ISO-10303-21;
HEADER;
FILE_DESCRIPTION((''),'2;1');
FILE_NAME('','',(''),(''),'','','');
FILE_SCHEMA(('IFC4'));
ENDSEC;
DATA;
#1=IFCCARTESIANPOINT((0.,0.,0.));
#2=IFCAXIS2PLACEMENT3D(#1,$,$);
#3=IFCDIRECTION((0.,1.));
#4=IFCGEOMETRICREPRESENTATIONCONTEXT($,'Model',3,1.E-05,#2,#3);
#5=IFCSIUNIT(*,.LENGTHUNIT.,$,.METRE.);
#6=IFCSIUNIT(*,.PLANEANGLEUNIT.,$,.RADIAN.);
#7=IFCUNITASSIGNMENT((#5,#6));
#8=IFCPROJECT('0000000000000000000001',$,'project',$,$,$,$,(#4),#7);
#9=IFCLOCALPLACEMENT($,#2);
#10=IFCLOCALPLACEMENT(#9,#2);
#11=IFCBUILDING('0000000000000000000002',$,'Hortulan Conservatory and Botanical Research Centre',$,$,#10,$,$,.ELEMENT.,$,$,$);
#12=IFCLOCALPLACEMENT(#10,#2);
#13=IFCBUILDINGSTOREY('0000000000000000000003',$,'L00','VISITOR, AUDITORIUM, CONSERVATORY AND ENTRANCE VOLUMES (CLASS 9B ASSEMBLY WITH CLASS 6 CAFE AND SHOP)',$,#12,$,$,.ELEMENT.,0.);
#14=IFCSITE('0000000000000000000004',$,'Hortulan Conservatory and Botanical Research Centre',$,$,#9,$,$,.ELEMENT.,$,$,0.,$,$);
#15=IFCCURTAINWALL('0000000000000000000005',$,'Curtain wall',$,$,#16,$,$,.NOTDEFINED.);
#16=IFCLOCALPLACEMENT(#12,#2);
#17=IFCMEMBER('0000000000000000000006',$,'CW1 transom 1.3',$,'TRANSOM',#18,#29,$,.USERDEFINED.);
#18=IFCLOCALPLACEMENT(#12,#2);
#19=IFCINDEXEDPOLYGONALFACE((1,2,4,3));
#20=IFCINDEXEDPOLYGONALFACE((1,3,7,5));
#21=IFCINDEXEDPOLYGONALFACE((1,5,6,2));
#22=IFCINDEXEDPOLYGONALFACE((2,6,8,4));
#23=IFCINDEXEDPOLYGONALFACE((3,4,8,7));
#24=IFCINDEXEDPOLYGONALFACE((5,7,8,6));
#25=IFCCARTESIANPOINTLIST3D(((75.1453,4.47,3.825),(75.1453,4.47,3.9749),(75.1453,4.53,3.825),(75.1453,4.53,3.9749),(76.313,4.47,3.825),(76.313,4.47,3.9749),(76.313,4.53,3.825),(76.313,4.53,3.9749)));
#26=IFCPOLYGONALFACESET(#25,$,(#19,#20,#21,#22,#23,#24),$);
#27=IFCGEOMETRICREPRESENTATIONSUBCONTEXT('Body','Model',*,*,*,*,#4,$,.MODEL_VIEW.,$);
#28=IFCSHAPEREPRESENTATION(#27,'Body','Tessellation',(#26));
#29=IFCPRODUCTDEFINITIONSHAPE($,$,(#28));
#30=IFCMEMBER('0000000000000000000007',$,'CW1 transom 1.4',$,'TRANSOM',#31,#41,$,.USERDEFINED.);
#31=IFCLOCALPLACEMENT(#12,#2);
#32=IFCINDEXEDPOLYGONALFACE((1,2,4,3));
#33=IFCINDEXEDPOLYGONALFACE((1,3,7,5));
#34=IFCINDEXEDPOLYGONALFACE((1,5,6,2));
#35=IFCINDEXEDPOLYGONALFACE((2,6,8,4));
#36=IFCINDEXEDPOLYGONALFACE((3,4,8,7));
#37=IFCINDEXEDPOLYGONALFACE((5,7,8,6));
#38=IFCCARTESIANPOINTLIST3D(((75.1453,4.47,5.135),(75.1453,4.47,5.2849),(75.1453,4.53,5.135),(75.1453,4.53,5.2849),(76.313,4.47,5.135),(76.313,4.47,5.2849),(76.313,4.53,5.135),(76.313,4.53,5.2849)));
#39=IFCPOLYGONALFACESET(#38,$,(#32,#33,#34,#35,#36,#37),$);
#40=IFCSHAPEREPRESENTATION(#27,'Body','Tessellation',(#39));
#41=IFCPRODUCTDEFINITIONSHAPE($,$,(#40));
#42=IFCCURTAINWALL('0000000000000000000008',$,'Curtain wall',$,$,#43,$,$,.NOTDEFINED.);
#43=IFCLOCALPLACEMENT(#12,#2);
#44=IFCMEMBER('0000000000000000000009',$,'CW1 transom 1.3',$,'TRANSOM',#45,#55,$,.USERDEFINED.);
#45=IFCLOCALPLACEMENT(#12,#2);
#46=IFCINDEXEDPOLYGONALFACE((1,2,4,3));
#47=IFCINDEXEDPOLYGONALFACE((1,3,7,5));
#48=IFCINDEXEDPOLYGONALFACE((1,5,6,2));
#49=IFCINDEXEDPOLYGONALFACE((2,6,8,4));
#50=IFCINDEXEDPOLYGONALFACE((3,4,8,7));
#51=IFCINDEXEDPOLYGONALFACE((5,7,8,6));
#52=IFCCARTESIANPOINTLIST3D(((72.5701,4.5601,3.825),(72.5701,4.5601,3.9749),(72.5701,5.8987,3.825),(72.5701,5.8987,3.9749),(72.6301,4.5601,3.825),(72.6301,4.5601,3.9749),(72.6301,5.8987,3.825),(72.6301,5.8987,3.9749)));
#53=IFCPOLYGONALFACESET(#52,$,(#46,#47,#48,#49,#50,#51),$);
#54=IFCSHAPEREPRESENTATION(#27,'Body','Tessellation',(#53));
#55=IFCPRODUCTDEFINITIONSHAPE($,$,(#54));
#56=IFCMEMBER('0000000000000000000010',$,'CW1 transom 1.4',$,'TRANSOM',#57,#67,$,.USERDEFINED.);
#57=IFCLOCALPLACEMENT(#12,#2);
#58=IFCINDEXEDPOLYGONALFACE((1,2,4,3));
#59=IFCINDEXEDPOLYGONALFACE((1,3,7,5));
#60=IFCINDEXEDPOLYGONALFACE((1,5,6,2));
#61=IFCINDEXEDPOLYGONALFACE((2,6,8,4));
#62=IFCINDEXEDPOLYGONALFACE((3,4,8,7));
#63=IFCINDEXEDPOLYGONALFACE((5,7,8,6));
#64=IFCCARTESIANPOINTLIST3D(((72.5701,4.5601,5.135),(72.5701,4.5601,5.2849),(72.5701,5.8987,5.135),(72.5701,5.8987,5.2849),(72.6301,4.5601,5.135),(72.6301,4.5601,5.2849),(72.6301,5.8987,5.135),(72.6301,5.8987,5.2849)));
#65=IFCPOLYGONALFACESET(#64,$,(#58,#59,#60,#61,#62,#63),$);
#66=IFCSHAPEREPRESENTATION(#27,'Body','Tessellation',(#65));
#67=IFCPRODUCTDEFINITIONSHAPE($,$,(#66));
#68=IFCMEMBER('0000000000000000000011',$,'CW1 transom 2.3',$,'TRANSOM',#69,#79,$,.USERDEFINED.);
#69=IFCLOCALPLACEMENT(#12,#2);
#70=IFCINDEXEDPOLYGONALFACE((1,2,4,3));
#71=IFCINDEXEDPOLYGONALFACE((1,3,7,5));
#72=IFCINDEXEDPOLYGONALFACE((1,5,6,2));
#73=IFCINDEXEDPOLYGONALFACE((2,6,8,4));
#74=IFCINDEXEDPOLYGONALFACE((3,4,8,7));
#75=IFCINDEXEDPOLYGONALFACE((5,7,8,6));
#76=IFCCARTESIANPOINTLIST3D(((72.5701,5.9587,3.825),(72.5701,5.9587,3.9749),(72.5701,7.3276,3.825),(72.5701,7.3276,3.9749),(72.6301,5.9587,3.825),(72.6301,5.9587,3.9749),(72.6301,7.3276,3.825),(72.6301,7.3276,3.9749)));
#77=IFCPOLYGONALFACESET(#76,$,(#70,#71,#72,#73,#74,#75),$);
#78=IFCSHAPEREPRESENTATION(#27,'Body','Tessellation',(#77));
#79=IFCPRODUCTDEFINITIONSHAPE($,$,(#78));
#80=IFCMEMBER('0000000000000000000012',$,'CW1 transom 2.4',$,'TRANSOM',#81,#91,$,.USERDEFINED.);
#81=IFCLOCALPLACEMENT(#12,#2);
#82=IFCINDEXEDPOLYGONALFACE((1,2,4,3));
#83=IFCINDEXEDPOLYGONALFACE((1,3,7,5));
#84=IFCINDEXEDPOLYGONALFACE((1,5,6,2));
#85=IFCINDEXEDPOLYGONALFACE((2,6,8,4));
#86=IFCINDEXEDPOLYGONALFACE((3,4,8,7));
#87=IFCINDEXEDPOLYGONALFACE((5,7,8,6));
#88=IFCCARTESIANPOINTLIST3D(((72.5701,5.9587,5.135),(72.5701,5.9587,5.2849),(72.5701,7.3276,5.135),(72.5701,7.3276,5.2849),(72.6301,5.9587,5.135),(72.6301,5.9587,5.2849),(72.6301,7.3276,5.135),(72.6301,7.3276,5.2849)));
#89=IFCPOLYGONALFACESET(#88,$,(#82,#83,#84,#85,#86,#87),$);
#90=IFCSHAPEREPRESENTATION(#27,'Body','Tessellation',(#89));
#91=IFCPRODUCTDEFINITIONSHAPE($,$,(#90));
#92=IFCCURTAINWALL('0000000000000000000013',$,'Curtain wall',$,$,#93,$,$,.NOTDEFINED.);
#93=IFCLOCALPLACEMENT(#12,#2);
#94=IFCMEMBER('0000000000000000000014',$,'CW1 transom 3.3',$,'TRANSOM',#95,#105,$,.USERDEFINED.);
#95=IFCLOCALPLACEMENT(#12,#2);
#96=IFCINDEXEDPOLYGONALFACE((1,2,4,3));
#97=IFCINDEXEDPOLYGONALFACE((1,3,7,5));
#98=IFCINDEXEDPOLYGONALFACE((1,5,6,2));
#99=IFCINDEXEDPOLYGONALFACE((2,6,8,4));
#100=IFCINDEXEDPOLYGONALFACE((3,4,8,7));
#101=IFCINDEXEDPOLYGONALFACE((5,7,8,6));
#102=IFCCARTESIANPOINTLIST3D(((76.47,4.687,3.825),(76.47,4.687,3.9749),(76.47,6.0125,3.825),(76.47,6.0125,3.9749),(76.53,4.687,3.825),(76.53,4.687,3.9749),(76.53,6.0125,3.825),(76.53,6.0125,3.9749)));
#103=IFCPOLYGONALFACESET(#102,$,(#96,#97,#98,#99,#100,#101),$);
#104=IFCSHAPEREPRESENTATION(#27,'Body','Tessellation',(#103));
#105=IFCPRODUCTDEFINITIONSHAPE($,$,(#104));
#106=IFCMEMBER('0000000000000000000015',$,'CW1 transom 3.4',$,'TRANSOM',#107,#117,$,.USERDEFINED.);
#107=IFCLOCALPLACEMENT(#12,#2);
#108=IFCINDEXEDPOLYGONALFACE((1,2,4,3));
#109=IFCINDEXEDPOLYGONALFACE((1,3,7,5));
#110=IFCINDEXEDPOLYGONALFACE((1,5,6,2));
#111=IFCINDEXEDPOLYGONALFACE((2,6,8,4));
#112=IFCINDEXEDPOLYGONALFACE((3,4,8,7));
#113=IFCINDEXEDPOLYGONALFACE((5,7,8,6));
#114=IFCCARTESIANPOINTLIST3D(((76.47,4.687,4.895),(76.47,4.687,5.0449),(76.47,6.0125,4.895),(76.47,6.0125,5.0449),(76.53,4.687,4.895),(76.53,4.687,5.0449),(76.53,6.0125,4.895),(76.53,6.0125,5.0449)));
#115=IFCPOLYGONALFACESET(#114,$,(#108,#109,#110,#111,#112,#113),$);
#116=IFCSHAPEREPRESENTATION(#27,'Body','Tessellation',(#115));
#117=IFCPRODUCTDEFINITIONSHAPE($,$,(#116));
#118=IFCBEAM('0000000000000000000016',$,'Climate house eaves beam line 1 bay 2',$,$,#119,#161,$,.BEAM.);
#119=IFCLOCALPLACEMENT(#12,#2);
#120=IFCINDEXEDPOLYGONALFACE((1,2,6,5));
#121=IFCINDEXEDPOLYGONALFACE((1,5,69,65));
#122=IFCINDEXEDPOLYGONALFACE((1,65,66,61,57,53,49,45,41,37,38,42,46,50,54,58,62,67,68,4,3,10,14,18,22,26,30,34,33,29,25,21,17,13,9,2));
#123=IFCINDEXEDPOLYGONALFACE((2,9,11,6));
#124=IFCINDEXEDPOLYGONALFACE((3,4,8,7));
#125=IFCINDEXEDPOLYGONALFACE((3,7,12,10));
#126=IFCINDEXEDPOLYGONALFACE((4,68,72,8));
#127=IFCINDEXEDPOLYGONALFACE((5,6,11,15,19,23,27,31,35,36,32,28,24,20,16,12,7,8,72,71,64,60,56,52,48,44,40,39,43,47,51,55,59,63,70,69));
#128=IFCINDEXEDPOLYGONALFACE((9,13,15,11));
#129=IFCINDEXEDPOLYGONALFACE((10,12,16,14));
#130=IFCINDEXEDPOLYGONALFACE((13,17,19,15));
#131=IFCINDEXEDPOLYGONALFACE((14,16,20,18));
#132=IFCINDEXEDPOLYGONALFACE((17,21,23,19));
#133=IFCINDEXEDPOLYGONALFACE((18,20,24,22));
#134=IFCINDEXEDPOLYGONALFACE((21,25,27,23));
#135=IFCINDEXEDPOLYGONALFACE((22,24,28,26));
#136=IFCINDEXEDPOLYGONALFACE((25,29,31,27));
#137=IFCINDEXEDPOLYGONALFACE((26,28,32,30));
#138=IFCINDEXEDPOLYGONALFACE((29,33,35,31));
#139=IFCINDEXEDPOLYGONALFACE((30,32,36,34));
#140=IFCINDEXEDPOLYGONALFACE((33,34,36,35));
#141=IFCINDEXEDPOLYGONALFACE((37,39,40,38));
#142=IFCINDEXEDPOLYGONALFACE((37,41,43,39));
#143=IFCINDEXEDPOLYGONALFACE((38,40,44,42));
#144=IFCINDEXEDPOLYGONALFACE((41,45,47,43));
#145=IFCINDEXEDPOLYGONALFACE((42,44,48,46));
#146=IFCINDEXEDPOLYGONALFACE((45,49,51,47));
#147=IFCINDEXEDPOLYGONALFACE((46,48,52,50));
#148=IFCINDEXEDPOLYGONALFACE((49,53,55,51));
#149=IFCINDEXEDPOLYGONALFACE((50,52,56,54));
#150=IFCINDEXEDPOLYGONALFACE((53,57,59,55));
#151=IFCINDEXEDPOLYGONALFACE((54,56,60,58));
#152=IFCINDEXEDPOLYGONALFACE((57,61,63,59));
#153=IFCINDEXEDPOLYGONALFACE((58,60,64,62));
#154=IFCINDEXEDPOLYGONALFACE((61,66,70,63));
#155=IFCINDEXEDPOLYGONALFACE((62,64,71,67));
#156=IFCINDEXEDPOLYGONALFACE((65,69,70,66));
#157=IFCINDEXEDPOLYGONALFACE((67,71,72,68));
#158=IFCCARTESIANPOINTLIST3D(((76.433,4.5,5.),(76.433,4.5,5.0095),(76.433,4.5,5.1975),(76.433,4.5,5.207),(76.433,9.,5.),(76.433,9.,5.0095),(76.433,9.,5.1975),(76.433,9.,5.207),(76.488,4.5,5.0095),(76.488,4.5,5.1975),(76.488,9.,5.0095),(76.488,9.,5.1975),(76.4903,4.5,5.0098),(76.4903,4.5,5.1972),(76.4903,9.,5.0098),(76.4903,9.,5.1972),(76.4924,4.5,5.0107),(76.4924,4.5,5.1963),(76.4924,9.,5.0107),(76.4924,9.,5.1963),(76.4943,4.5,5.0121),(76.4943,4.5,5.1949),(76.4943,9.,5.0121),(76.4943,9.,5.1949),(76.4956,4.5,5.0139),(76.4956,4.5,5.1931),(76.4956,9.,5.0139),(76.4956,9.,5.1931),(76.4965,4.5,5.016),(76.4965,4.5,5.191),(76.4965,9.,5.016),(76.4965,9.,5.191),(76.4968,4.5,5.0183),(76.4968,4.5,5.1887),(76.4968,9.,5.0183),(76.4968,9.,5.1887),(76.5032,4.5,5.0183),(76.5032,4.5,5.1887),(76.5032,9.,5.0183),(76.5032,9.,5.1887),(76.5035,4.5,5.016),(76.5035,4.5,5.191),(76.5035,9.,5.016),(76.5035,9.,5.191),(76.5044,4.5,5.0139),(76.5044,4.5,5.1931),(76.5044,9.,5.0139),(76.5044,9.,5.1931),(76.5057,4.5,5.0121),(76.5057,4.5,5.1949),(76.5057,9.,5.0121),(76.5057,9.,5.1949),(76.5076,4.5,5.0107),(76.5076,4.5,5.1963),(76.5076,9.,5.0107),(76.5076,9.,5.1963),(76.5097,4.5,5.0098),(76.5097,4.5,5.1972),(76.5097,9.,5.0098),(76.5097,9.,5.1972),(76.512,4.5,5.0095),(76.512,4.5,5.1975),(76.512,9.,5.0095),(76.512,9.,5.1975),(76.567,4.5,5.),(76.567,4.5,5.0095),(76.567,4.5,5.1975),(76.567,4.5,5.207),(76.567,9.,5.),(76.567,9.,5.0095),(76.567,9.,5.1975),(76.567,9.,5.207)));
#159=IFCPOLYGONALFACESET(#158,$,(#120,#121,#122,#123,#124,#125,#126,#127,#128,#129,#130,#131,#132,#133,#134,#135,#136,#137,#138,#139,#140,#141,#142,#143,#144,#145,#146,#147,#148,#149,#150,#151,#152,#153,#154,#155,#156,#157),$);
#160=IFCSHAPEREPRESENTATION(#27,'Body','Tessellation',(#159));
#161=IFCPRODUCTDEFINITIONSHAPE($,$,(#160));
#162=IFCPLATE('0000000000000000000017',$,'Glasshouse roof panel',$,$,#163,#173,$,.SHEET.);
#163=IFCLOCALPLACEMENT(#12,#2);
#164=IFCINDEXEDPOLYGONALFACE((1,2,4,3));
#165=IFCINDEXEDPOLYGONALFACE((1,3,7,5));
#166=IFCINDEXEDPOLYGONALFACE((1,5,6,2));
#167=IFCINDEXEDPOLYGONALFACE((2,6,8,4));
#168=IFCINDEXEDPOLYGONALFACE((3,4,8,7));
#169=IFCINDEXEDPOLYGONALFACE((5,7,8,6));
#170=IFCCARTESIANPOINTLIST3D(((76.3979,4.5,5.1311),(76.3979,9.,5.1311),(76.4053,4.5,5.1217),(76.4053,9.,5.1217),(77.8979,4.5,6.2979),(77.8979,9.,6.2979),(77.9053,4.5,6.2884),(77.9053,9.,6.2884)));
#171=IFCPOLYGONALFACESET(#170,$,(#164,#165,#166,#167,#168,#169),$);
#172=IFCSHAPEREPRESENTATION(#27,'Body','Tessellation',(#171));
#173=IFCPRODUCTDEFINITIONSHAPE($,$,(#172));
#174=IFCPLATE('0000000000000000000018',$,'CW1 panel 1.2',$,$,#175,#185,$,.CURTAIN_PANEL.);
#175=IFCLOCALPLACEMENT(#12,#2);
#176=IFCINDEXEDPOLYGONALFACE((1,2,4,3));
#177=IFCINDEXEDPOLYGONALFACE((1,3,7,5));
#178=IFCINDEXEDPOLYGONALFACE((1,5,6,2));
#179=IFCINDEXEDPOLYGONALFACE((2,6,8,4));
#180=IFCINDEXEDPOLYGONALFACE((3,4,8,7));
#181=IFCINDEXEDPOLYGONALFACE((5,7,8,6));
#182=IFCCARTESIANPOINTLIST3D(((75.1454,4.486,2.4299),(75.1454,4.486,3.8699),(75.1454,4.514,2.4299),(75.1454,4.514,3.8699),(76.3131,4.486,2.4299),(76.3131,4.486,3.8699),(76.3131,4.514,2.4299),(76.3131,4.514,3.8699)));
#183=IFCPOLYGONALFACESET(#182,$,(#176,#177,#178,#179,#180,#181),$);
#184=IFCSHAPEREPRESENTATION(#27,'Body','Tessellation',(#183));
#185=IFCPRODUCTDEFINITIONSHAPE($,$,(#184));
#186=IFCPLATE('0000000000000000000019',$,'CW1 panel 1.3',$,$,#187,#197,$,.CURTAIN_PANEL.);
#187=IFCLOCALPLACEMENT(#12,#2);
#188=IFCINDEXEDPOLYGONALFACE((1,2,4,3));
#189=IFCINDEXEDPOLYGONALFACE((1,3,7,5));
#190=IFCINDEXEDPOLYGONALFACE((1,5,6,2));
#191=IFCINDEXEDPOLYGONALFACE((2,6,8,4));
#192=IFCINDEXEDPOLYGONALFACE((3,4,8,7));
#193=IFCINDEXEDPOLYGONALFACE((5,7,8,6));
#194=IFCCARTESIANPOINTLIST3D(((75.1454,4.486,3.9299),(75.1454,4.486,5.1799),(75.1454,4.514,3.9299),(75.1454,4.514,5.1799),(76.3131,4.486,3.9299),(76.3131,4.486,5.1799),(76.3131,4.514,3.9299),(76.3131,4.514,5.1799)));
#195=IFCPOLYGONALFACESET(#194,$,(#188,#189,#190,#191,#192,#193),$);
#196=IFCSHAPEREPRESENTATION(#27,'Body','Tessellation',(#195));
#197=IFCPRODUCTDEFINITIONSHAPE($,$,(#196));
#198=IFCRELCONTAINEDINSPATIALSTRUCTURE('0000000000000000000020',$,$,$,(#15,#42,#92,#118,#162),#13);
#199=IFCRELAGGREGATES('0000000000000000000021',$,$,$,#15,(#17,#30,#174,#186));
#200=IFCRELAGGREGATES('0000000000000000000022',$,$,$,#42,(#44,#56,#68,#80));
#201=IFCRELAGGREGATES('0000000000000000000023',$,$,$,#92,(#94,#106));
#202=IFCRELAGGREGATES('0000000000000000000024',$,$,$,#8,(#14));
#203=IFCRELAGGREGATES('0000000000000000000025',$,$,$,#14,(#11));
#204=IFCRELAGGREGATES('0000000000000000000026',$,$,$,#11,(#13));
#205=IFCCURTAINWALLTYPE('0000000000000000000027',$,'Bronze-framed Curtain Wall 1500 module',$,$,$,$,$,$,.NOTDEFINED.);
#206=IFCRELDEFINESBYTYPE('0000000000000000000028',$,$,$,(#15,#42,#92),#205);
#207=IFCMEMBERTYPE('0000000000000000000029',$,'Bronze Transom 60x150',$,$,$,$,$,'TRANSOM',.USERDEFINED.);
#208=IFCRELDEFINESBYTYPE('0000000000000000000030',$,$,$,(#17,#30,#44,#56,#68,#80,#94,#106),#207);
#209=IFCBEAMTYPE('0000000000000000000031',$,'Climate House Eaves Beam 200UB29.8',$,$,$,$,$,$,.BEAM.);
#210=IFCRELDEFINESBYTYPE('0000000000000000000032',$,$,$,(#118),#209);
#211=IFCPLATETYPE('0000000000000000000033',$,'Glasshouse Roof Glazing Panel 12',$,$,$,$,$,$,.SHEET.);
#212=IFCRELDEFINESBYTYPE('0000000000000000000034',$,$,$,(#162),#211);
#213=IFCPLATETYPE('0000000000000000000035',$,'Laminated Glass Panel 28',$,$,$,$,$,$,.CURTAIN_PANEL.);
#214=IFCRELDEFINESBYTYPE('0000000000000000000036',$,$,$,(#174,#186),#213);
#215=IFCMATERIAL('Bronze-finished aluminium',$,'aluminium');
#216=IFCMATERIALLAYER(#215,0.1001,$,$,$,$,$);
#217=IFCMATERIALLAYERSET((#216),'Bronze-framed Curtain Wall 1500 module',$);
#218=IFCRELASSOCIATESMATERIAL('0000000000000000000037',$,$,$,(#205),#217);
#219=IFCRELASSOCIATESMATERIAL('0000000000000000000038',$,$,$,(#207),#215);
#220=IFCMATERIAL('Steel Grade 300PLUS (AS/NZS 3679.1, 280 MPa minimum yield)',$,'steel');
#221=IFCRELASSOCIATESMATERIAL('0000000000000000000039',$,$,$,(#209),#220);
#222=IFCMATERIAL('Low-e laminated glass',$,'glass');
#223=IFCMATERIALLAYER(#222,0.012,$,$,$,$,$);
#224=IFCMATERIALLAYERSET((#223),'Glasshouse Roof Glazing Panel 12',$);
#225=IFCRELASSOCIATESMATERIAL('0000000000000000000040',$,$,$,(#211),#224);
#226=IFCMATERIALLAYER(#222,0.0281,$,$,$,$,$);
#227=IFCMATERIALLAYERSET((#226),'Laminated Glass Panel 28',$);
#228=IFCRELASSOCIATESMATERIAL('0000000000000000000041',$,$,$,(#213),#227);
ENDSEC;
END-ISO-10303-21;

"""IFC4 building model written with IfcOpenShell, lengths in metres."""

from ifc_helpers import new_model, si_unit, direction, frame, origin, origin_2d, place, context, subcontext, project, spatial, polyline, rectangle, i_section, outline, extrude, material, layer, layer_set, material_profile, profile_set, type_object, element, aggregate, save


model = new_model("IFC4")

# Units and contexts
model_context = context("Model", 3, precision=1e-05, world=origin(), true_north=direction((0.0, 1.0)))
body_context = subcontext(model_context, "Body", "Model", "MODEL_VIEW")
ifc_project = project(units=[si_unit("LENGTHUNIT", "METRE"), si_unit("PLANEANGLEUNIT", "RADIAN")], contexts=[model_context])

# Site, building, storey
site_placement = place(None, origin())
site = spatial("IfcSite", under=ifc_project, at=site_placement, Name="Hortulan Conservatory and Botanical Research Centre", CompositionType="ELEMENT", RefElevation=0.0)
building_placement = place(site_placement, origin())
building = spatial("IfcBuilding", under=site, at=building_placement, Name="Hortulan Conservatory and Botanical Research Centre", CompositionType="ELEMENT")
storey_placement = place(building_placement, origin())
storey = spatial("IfcBuildingStorey", under=building, at=storey_placement, Name="L00", Description="VISITOR, AUDITORIUM, CONSERVATORY AND ENTRANCE VOLUMES (CLASS 9B ASSEMBLY WITH CLASS 6 CAFE AND SHOP)", CompositionType="ELEMENT", Elevation=0.0)

# Curtain walls, members
ifc_material_1 = material(Name="Bronze-finished aluminium", Category="aluminium")
ifc_layer_1 = layer(ifc_material_1, 0.1001)
ifc_layer_set_1 = layer_set([ifc_layer_1], Name="Bronze-framed Curtain Wall 1500 module")
curtain_wall_type = type_object("IfcCurtainWallType", Name="Bronze-framed Curtain Wall 1500 module", PredefinedType="NOTDEFINED", material=ifc_layer_set_1)
curtain_wall_1_placement = place(storey_placement, origin())
curtain_wall_1 = element("IfcCurtainWall", 1, at=curtain_wall_1_placement, inside=storey, type_object=curtain_wall_type, Name="Curtain wall", PredefinedType="NOTDEFINED")
ifc_material_profile_1 = material_profile(ifc_material_1, rectangle(XDim=0.0601, YDim=0.1499, at=origin_2d()), Name="Bronze Transom 60x150")
ifc_profile_set_1 = profile_set([ifc_material_profile_1], Name="Bronze-finished aluminium")
member_type = type_object("IfcMemberType", Name="Bronze Transom 60x150", ElementType="TRANSOM", PredefinedType="USERDEFINED", material=ifc_profile_set_1)
member_1_placement = place(storey_placement, frame((76.313, 4.5, 3.8999), z_axis=(-1.0, 0.0, 0.0), x_axis=(0.0, -1.0, 0.0)))
member_1 = element("IfcMember", 2, at=member_1_placement, type_object=member_type, Name="CW1 transom 1.3", ObjectType="TRANSOM", PredefinedType="USERDEFINED", context=body_context, shape_type="SweptSolid", body=[
    extrude(rectangle(XDim=0.0601, YDim=0.1499, at=origin_2d()), origin(), (0.0, 0.0, 1.0), 1.1677),
])
member_2_placement = place(storey_placement, frame((76.313, 4.5, 5.21), z_axis=(-1.0, 0.0, 0.0), x_axis=(0.0, -1.0, 0.0)))
member_2 = element("IfcMember", 3, at=member_2_placement, type_object=member_type, Name="CW1 transom 1.4", ObjectType="TRANSOM", PredefinedType="USERDEFINED", context=body_context, shape_type="SweptSolid", body=[
    extrude(rectangle(XDim=0.0601, YDim=0.1499, at=origin_2d()), origin(), (0.0, 0.0, 1.0), 1.1677),
])
curtain_wall_2_placement = place(storey_placement, origin())
curtain_wall_2 = element("IfcCurtainWall", 4, at=curtain_wall_2_placement, inside=storey, type_object=curtain_wall_type, Name="Curtain wall", PredefinedType="NOTDEFINED")
member_3_placement = place(storey_placement, frame((72.6001, 4.5601, 3.8999), z_axis=(0.0, 1.0, 0.0), x_axis=(-1.0, 0.0, 0.0)))
member_3 = element("IfcMember", 5, at=member_3_placement, type_object=member_type, Name="CW1 transom 1.3", ObjectType="TRANSOM", PredefinedType="USERDEFINED", context=body_context, shape_type="SweptSolid", body=[
    extrude(rectangle(XDim=0.0601, YDim=0.1499, at=origin_2d()), origin(), (0.0, 0.0, 1.0), 1.3386),
])
member_4_placement = place(storey_placement, frame((72.6001, 4.5601, 5.21), z_axis=(0.0, 1.0, 0.0), x_axis=(-1.0, 0.0, 0.0)))
member_4 = element("IfcMember", 6, at=member_4_placement, type_object=member_type, Name="CW1 transom 1.4", ObjectType="TRANSOM", PredefinedType="USERDEFINED", context=body_context, shape_type="SweptSolid", body=[
    extrude(rectangle(XDim=0.0601, YDim=0.1499, at=origin_2d()), origin(), (0.0, 0.0, 1.0), 1.3386),
])
member_5_placement = place(storey_placement, frame((72.6001, 5.9587, 3.8999), z_axis=(0.0, 1.0, 0.0), x_axis=(-1.0, 0.0, 0.0)))
member_5 = element("IfcMember", 7, at=member_5_placement, type_object=member_type, Name="CW1 transom 2.3", ObjectType="TRANSOM", PredefinedType="USERDEFINED", context=body_context, shape_type="SweptSolid", body=[
    extrude(rectangle(XDim=0.0601, YDim=0.1499, at=origin_2d()), origin(), (0.0, 0.0, 1.0), 1.3689),
])
member_6_placement = place(storey_placement, frame((72.6001, 5.9587, 5.21), z_axis=(0.0, 1.0, 0.0), x_axis=(-1.0, 0.0, 0.0)))
member_6 = element("IfcMember", 8, at=member_6_placement, type_object=member_type, Name="CW1 transom 2.4", ObjectType="TRANSOM", PredefinedType="USERDEFINED", context=body_context, shape_type="SweptSolid", body=[
    extrude(rectangle(XDim=0.0601, YDim=0.1499, at=origin_2d()), origin(), (0.0, 0.0, 1.0), 1.3689),
])
curtain_wall_3_placement = place(storey_placement, origin())
curtain_wall_3 = element("IfcCurtainWall", 9, at=curtain_wall_3_placement, inside=storey, type_object=curtain_wall_type, Name="Curtain wall", PredefinedType="NOTDEFINED")
member_7_placement = place(storey_placement, frame((76.5, 6.0125, 3.8999), z_axis=(0.0, -1.0, 0.0), x_axis=(1.0, 0.0, 0.0)))
member_7 = element("IfcMember", 10, at=member_7_placement, type_object=member_type, Name="CW1 transom 3.3", ObjectType="TRANSOM", PredefinedType="USERDEFINED", context=body_context, shape_type="SweptSolid", body=[
    extrude(rectangle(XDim=0.0601, YDim=0.1499, at=origin_2d()), origin(), (0.0, 0.0, 1.0), 1.3254),
])
member_8_placement = place(storey_placement, frame((76.5, 6.0125, 4.97), z_axis=(0.0, -1.0, 0.0), x_axis=(1.0, 0.0, 0.0)))
member_8 = element("IfcMember", 11, at=member_8_placement, type_object=member_type, Name="CW1 transom 3.4", ObjectType="TRANSOM", PredefinedType="USERDEFINED", context=body_context, shape_type="SweptSolid", body=[
    extrude(rectangle(XDim=0.0601, YDim=0.1499, at=origin_2d()), origin(), (0.0, 0.0, 1.0), 1.3254),
])

# Beam
ifc_material_2 = material(Name="Steel Grade 300PLUS (AS/NZS 3679.1, 280 MPa minimum yield)", Category="steel")
ifc_material_profile_2 = material_profile(ifc_material_2, i_section(OverallWidth=0.134, OverallDepth=0.207, WebThickness=0.0063, FlangeThickness=0.0095, FilletRadius=0.0088, at=origin_2d()), Name="200UB29.8")
ifc_profile_set_2 = profile_set([ifc_material_profile_2], Name="Steel Grade 300PLUS (AS/NZS 3679.1, 280 MPa minimum yield)")
beam_type = type_object("IfcBeamType", Name="Climate House Eaves Beam 200UB29.8", PredefinedType="BEAM", material=ifc_profile_set_2)
beam_placement = place(storey_placement, frame((76.5, 4.5, 5.1035), z_axis=(0.0, 1.0, 0.0), x_axis=(-1.0, 0.0, 0.0)))
element("IfcBeam", 12, at=beam_placement, inside=storey, type_object=beam_type, Name="Climate house eaves beam line 1 bay 2", PredefinedType="BEAM", context=body_context, shape_type="SweptSolid", body=[
    extrude(i_section(OverallWidth=0.134, OverallDepth=0.207, WebThickness=0.0063, FlangeThickness=0.0095, FilletRadius=0.0088, at=origin_2d()), origin(), (0.0, 0.0, 1.0), 4.5),
])

# Plates
ifc_material_3 = material(Name="Low-e laminated glass", Category="glass")
ifc_layer_2 = layer(ifc_material_3, 0.012)
ifc_layer_set_2 = layer_set([ifc_layer_2], Name="Glasshouse Roof Glazing Panel 12")
plate_type_1 = type_object("IfcPlateType", Name="Glasshouse Roof Glazing Panel 12", PredefinedType="SHEET", material=ifc_layer_set_2)
plate_1_placement = place(storey_placement, frame((76.3979, 4.5, 5.1311), z_axis=(-0.613967, 0.0, 0.789331), x_axis=(0.789331, 0.0, 0.613967)))
element("IfcPlate", 13, at=plate_1_placement, inside=storey, type_object=plate_type_1, Name="Glasshouse roof panel", PredefinedType="SHEET", context=body_context, shape_type="SweptSolid", body=[
    extrude(outline(polyline([(0.0, 0.0), (1.9003, 0.0), (1.9003, 4.5), (0.0, 4.5), (0.0, 0.0)])), origin(), (0.0, 0.0, -1.0), 0.012),
])
ifc_layer_3 = layer(ifc_material_3, 0.0281)
ifc_layer_set_3 = layer_set([ifc_layer_3], Name="Laminated Glass Panel 28")
plate_type_2 = type_object("IfcPlateType", Name="Laminated Glass Panel 28", PredefinedType="CURTAIN_PANEL", material=ifc_layer_set_3)
plate_2_placement = place(storey_placement, frame((75.7292, 4.5, 2.4299), z_axis=(0.0, 0.0, 1.0), x_axis=(-1.0, 0.0, 0.0)))
plate_2 = element("IfcPlate", 14, at=plate_2_placement, type_object=plate_type_2, Name="CW1 panel 1.2", PredefinedType="CURTAIN_PANEL", context=body_context, shape_type="SweptSolid", body=[
    extrude(rectangle(XDim=1.1677, YDim=0.0281, at=origin_2d()), origin(), (0.0, 0.0, 1.0), 1.4399),
])
plate_3_placement = place(storey_placement, frame((75.7292, 4.5, 3.9299), z_axis=(0.0, 0.0, 1.0), x_axis=(-1.0, 0.0, 0.0)))
plate_3 = element("IfcPlate", 15, at=plate_3_placement, type_object=plate_type_2, Name="CW1 panel 1.3", PredefinedType="CURTAIN_PANEL", context=body_context, shape_type="SweptSolid", body=[
    extrude(rectangle(XDim=1.1677, YDim=0.0281, at=origin_2d()), origin(), (0.0, 0.0, 1.0), 1.25),
])
aggregate(curtain_wall_1, [member_1, member_2, plate_2, plate_3])
aggregate(curtain_wall_2, [member_3, member_4, member_5, member_6])
aggregate(curtain_wall_3, [member_7, member_8])

save(model, "model.ifc")
